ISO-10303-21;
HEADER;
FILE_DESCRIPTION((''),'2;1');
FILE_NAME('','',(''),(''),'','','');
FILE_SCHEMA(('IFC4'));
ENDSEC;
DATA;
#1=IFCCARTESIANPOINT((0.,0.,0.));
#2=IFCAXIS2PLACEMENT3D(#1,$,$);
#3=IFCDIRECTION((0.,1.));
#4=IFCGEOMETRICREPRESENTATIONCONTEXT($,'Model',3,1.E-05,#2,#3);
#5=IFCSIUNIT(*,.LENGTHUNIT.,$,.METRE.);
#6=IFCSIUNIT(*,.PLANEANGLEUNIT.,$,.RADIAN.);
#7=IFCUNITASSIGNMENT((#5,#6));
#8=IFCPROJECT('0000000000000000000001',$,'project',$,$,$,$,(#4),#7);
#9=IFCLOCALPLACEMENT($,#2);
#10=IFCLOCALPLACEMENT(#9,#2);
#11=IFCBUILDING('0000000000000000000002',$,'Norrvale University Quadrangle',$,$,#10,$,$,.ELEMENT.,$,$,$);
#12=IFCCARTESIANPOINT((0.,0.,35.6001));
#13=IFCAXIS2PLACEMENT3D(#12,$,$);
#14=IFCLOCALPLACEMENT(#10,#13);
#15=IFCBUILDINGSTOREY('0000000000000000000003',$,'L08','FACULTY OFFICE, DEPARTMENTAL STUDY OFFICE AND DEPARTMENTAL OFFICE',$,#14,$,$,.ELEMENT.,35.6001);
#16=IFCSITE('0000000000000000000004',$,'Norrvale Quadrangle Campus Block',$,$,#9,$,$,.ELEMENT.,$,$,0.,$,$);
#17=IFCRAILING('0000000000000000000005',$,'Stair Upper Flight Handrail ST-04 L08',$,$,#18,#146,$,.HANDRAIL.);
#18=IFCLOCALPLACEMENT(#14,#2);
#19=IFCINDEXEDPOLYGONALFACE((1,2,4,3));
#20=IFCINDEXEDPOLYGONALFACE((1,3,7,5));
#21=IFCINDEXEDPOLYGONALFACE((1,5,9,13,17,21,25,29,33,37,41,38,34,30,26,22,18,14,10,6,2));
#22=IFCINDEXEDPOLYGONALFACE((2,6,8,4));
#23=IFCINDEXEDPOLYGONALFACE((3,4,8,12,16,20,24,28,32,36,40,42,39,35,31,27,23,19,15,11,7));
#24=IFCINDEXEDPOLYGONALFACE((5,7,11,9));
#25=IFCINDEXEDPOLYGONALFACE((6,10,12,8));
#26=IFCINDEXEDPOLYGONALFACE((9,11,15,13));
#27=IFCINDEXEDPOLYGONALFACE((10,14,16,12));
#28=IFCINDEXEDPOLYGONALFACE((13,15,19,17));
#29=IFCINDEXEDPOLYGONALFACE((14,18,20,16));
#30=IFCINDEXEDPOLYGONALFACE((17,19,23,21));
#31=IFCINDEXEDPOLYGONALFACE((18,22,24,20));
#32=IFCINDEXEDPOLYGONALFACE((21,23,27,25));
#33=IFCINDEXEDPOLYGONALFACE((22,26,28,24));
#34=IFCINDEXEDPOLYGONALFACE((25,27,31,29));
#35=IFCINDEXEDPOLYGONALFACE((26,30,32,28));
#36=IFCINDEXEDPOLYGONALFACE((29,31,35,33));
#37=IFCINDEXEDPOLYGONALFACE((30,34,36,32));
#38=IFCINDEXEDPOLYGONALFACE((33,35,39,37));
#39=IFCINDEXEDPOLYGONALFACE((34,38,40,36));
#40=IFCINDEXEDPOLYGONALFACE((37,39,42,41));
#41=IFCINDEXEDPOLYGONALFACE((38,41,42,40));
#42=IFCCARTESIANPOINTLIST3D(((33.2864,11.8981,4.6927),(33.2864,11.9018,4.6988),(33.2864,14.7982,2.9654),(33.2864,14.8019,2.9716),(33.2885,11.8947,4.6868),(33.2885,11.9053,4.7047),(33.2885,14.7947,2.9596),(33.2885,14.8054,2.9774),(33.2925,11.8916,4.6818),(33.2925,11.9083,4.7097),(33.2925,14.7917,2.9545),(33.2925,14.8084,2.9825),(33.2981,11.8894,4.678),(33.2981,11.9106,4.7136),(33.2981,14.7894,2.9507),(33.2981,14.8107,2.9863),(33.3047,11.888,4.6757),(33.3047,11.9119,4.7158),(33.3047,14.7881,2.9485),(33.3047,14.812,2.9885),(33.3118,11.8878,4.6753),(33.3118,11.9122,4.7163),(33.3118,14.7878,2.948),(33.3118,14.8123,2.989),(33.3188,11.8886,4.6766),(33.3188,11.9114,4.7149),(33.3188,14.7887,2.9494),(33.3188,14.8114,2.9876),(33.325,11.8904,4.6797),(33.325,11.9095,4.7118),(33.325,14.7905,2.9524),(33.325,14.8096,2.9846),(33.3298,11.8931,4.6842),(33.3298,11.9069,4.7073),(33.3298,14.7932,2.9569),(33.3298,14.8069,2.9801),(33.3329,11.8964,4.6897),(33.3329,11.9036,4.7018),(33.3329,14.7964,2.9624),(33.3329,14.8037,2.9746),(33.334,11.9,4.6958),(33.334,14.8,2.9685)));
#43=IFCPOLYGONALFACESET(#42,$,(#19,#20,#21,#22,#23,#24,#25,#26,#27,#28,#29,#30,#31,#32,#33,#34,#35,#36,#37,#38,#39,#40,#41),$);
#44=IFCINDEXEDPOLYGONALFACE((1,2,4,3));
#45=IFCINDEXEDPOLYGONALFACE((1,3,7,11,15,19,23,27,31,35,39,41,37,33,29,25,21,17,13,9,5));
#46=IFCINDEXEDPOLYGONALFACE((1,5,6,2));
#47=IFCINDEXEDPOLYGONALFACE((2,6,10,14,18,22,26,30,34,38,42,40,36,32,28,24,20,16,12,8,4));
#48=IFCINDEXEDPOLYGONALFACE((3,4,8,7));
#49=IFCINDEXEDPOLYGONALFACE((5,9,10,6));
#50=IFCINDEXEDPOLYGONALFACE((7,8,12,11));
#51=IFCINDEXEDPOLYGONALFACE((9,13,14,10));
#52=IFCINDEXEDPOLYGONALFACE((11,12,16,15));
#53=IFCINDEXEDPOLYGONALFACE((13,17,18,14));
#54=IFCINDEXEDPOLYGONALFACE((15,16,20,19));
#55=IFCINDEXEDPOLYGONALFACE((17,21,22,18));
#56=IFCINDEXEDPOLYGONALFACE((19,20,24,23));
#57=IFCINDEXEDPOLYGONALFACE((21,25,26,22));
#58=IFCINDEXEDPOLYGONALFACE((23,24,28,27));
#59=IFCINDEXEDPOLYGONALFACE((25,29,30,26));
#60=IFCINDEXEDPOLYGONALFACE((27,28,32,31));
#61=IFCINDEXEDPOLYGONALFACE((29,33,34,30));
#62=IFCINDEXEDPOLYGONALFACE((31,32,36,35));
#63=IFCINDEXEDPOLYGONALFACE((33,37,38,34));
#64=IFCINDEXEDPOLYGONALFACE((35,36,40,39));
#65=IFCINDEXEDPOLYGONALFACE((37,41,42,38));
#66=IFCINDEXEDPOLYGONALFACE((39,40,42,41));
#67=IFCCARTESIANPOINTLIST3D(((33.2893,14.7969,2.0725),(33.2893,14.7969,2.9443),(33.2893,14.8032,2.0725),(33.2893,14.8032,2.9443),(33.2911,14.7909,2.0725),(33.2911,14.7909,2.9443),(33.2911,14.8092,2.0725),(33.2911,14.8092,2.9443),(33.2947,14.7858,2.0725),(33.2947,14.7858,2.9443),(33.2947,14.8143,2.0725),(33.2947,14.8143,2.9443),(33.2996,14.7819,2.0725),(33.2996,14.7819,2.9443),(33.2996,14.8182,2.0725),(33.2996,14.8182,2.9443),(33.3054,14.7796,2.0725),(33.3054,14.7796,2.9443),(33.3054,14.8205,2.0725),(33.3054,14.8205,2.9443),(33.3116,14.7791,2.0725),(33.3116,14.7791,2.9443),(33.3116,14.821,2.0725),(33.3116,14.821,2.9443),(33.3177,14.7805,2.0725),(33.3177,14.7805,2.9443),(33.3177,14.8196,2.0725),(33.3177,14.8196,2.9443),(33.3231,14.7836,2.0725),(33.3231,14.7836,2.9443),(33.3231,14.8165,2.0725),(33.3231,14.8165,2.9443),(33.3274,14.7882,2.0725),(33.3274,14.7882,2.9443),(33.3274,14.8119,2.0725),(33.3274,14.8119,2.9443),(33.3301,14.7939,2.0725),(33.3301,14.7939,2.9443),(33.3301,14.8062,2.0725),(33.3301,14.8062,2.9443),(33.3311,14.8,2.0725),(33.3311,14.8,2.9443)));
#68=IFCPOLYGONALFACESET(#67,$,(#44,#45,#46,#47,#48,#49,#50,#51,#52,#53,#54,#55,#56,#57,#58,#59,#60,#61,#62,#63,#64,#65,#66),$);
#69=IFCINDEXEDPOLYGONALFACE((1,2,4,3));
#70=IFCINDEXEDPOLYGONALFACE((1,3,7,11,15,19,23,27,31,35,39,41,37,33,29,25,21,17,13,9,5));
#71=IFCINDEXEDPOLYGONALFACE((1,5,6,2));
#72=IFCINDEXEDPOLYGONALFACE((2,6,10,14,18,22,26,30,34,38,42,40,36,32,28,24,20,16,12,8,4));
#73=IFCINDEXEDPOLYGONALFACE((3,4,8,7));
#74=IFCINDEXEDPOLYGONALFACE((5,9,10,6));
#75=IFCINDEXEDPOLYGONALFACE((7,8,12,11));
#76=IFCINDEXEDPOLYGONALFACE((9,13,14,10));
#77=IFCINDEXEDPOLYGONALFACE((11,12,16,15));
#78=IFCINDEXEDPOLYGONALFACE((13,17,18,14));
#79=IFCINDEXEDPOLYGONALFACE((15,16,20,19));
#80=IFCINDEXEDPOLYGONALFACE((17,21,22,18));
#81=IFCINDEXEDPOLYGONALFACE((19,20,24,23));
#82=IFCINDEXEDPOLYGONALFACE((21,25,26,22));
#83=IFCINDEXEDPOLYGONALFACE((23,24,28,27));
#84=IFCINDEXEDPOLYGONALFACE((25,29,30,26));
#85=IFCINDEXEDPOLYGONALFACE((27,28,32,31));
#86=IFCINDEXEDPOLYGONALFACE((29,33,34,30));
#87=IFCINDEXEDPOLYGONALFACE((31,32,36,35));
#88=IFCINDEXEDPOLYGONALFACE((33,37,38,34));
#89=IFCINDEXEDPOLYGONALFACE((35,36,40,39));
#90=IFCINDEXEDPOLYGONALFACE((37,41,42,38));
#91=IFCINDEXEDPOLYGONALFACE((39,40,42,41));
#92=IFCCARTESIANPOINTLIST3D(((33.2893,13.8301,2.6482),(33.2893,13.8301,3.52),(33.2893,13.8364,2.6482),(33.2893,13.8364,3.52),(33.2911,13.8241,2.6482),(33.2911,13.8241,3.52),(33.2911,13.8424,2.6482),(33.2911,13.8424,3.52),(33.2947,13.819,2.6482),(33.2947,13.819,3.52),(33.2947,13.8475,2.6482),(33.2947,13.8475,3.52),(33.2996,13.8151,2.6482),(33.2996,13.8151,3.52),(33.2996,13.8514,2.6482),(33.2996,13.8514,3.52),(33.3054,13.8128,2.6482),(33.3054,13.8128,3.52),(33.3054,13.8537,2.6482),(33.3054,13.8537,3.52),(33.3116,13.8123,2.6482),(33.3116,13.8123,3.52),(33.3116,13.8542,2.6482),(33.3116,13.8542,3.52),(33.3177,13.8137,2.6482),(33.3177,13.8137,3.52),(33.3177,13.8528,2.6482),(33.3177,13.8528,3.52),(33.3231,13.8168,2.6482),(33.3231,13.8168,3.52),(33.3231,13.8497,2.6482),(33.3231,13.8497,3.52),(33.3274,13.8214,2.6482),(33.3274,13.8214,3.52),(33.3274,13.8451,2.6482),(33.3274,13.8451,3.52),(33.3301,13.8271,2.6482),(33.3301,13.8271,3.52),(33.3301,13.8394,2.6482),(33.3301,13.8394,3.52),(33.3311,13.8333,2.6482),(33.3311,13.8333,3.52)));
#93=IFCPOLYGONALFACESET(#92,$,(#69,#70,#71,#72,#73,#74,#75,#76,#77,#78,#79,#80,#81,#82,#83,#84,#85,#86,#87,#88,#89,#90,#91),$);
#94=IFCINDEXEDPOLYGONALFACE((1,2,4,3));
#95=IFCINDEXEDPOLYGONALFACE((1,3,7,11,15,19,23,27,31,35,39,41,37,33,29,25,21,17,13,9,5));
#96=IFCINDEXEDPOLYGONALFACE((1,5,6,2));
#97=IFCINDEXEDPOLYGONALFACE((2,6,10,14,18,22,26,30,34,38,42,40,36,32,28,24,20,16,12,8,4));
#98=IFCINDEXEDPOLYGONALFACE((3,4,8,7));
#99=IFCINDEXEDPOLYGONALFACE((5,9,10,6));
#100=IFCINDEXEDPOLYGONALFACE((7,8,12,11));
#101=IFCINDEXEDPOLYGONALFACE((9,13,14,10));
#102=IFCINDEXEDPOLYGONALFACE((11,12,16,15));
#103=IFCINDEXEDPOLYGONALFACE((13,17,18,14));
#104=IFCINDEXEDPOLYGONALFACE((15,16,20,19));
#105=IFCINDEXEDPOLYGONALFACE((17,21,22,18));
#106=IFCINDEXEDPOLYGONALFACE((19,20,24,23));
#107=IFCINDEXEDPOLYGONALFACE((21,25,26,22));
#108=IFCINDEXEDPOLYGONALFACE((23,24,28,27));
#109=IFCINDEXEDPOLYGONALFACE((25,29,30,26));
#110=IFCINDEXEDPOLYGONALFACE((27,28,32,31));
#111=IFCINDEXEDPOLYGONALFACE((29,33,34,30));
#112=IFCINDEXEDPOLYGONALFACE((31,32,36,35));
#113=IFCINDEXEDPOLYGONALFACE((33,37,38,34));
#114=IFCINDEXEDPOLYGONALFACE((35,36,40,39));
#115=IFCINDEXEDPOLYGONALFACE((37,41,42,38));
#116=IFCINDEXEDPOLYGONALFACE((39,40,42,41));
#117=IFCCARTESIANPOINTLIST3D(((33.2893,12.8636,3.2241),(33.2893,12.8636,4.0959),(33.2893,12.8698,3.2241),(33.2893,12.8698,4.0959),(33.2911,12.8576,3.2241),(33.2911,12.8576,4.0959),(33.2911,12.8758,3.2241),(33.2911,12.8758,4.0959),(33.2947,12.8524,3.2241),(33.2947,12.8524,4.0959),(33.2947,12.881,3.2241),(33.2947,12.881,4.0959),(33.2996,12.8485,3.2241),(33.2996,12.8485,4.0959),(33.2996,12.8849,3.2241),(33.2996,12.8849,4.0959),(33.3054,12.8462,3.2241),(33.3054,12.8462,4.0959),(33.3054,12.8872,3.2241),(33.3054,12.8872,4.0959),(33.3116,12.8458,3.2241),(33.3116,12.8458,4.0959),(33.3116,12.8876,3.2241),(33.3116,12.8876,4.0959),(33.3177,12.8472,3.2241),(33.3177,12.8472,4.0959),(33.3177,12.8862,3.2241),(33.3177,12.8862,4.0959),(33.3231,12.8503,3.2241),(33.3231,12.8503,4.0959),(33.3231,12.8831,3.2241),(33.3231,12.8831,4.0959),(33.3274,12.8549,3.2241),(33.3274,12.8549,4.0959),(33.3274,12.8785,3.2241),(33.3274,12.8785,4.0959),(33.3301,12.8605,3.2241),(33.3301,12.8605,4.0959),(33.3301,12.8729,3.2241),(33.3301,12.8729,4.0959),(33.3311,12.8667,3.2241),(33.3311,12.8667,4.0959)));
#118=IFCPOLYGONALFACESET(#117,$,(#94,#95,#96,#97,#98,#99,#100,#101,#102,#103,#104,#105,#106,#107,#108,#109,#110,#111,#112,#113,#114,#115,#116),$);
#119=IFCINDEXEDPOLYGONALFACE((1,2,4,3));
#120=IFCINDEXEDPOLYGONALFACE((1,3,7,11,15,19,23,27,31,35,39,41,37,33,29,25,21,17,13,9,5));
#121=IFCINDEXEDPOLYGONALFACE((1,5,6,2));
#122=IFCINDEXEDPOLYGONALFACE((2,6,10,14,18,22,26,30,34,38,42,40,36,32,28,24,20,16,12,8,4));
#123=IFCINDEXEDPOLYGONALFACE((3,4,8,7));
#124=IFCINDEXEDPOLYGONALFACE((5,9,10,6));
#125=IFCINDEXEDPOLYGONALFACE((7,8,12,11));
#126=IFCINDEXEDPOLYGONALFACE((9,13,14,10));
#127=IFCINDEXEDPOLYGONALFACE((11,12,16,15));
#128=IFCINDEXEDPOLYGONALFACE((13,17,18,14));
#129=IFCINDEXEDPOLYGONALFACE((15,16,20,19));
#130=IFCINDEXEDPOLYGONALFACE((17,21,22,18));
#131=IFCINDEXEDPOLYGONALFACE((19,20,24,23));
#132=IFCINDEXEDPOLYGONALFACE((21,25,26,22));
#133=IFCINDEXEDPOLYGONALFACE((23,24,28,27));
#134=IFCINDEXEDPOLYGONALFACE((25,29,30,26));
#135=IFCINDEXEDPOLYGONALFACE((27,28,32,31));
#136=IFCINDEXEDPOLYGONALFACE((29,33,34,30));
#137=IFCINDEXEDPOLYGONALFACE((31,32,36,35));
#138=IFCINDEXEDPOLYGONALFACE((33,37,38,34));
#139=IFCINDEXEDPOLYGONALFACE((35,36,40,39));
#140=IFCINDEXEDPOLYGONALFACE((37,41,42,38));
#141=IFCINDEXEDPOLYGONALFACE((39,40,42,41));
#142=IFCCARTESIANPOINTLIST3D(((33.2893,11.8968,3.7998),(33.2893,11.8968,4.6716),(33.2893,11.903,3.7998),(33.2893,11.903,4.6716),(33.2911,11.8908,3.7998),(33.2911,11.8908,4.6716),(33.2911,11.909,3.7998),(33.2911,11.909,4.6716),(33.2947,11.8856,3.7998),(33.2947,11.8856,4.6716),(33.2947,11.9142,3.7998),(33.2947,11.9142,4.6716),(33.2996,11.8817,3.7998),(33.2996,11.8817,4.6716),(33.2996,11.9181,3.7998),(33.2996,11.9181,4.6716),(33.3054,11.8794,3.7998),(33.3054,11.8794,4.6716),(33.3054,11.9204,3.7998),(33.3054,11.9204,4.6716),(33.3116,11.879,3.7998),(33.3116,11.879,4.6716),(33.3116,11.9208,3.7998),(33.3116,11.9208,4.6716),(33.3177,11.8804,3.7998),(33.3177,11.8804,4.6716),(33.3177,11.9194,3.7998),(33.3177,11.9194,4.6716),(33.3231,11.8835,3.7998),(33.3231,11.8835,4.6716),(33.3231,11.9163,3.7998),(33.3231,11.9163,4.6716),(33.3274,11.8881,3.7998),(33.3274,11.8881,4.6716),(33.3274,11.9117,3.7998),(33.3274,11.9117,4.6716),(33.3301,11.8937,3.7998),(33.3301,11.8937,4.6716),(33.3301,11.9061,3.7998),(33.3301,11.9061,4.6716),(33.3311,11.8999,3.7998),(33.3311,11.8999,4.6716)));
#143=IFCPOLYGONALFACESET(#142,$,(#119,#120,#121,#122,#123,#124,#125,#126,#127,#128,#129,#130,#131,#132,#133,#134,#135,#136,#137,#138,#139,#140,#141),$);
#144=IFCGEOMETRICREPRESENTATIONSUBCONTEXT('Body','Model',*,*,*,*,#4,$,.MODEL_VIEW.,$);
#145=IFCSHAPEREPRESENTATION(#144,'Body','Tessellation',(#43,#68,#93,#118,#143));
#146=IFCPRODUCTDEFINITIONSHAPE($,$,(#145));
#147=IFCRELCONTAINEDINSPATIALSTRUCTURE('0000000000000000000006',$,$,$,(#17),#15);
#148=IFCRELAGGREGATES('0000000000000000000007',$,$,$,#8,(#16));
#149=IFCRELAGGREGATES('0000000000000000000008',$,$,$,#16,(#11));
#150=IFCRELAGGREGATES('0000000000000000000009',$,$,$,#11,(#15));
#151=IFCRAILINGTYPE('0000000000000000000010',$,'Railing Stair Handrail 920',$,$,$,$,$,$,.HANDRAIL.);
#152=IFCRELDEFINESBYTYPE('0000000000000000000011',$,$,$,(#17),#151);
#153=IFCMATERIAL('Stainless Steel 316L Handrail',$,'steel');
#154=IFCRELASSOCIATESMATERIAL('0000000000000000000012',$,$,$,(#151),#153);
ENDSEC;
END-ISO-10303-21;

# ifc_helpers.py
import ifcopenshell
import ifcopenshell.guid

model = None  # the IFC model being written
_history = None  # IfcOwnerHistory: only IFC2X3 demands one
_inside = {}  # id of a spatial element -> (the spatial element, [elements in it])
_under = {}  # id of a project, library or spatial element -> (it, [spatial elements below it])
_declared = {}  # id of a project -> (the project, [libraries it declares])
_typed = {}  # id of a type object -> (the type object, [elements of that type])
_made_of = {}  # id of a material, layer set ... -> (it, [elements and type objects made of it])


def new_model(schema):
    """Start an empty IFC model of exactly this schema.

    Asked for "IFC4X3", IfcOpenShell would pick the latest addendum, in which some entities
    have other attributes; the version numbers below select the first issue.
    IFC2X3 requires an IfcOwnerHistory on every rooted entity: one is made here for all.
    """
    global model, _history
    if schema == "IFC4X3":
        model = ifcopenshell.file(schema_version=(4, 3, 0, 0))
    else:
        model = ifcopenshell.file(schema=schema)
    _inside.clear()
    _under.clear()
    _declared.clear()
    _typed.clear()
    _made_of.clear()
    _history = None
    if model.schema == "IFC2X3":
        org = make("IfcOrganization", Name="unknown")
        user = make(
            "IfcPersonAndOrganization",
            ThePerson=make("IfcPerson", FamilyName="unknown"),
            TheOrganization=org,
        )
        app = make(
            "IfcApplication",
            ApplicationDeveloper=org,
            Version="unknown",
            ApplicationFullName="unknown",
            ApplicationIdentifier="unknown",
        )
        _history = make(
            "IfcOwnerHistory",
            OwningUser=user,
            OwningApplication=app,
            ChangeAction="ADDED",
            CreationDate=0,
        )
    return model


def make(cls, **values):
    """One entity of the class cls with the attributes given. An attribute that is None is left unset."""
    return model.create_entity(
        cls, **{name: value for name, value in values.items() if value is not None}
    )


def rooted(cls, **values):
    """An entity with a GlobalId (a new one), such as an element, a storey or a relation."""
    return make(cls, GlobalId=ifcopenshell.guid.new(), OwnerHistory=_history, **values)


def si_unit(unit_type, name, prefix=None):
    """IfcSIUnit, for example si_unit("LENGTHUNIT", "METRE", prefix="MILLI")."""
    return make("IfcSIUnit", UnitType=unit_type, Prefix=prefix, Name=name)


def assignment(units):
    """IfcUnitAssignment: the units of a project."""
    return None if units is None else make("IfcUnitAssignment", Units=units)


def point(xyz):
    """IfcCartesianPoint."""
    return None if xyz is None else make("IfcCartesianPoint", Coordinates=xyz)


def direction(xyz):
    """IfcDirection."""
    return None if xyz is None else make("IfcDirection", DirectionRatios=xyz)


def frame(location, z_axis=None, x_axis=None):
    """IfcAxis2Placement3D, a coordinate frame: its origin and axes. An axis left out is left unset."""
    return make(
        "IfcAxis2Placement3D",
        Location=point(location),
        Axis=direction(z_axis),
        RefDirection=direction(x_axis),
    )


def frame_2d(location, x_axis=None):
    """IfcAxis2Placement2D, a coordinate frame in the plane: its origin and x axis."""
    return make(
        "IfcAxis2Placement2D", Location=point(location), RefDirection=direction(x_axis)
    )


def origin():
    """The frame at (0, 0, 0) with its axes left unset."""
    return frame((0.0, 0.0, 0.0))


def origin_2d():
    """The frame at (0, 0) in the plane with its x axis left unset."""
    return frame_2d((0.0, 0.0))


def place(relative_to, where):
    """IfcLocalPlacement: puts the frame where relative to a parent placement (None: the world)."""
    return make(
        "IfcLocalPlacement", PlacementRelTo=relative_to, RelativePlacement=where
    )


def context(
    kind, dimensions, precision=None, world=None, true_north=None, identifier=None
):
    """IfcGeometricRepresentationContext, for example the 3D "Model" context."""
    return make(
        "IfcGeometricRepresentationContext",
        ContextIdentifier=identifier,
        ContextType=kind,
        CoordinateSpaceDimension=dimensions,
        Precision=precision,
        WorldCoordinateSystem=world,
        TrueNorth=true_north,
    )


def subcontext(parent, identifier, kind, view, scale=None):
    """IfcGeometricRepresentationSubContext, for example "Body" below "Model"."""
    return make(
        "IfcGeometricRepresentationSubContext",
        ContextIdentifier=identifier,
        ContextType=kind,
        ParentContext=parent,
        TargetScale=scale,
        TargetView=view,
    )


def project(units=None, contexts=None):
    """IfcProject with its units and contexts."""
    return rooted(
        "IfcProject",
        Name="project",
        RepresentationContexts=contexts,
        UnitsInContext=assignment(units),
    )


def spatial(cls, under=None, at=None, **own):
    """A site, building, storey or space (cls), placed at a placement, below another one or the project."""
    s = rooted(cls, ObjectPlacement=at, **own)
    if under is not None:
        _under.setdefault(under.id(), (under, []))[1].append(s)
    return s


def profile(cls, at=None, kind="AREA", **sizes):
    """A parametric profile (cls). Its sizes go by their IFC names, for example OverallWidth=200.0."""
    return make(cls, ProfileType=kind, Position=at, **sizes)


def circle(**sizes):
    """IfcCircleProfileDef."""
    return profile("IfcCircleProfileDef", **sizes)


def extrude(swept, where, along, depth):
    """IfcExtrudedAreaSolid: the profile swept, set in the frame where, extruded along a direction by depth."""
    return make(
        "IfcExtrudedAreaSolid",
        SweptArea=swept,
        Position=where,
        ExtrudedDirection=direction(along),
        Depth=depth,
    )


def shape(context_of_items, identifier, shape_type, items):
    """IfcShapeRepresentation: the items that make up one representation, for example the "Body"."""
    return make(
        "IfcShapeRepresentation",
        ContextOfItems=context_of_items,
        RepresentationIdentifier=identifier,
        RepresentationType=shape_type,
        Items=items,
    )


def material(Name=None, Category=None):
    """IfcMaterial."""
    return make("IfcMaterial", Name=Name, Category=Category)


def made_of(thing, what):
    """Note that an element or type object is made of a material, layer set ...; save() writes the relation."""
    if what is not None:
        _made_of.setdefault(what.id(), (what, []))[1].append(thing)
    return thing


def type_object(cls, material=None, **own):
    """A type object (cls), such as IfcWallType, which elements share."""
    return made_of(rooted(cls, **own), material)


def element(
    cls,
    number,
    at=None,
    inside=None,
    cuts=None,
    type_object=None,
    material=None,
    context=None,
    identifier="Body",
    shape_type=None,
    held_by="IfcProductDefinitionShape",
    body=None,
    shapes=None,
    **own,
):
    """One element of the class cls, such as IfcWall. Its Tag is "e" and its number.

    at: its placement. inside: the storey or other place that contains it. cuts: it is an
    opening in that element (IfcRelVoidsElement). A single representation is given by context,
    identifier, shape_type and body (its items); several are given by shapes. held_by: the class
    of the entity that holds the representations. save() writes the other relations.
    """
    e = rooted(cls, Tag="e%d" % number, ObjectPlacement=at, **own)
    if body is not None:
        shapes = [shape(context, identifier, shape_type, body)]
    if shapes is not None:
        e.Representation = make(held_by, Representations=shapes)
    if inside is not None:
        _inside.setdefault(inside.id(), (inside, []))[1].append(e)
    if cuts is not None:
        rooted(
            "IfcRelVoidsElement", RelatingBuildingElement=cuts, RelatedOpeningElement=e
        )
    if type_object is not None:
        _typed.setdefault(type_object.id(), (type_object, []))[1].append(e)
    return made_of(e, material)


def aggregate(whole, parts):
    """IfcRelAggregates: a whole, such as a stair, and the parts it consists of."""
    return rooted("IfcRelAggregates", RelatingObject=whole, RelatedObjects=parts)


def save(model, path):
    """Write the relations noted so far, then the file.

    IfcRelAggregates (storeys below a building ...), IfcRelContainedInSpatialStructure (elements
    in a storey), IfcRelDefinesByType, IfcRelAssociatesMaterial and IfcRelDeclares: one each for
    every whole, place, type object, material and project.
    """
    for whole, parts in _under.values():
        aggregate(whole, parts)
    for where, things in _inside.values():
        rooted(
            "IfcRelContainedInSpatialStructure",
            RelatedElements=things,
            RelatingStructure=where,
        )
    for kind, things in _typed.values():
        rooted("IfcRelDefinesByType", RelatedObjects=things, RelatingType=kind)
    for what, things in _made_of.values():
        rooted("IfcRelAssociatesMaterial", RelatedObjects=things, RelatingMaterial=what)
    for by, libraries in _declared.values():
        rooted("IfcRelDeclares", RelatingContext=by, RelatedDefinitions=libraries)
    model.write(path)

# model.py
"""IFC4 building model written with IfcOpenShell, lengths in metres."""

from ifc_helpers import new_model, si_unit, direction, frame, origin, origin_2d, place, context, subcontext, project, spatial, circle, extrude, material, type_object, element, save


model = new_model("IFC4")

# Units and contexts
model_context = context("Model", 3, precision=1e-05, world=origin(), true_north=direction((0.0, 1.0)))
body_context = subcontext(model_context, "Body", "Model", "MODEL_VIEW")
ifc_project = project(units=[si_unit("LENGTHUNIT", "METRE"), si_unit("PLANEANGLEUNIT", "RADIAN")], contexts=[model_context])

# Site, building, storey
site_placement = place(None, origin())
site = spatial("IfcSite", under=ifc_project, at=site_placement, Name="Norrvale Quadrangle Campus Block", CompositionType="ELEMENT", RefElevation=0.0)
building_placement = place(site_placement, origin())
building = spatial("IfcBuilding", under=site, at=building_placement, Name="Norrvale University Quadrangle", CompositionType="ELEMENT")
storey_placement = place(building_placement, frame((0.0, 0.0, 35.6001)))
storey = spatial("IfcBuildingStorey", under=building, at=storey_placement, Name="L08", Description="FACULTY OFFICE, DEPARTMENTAL STUDY OFFICE AND DEPARTMENTAL OFFICE", CompositionType="ELEMENT", Elevation=35.6001)

# Railing
ifc_material_1 = material(Name="Stainless Steel 316L Handrail", Category="steel")
railing_type_1 = type_object("IfcRailingType", Name="Railing Stair Handrail 920", PredefinedType="HANDRAIL", material=ifc_material_1)
railing_1_placement = place(storey_placement, frame((33.3101, 14.8, 2.0725)))
element("IfcRailing", 1, at=railing_1_placement, inside=storey, type_object=railing_type_1, Name="Stair Upper Flight Handrail ST-04 L08", PredefinedType="HANDRAIL", context=body_context, shape_type="SweptSolid", body=[
    extrude(circle(Radius=0.0239, at=origin_2d()), frame((0.0, 0.0, 0.896), z_axis=(0.0, -0.85916, 0.511706), x_axis=(1.0, 0.0, 0.0)), (0.0, 0.0, 1.0), 3.3755),
    extrude(circle(Radius=0.021, at=origin_2d()), origin(), (0.0, 0.0, 1.0), 0.8718),
    extrude(circle(Radius=0.021, at=origin_2d()), frame((0.0, -0.9668, 0.5757)), (0.0, 0.0, 1.0), 0.8718),
    extrude(circle(Radius=0.021, at=origin_2d()), frame((0.0, -1.9333, 1.1516)), (0.0, 0.0, 1.0), 0.8718),
    extrude(circle(Radius=0.021, at=origin_2d()), frame((0.0, -2.9001, 1.7273)), (0.0, 0.0, 1.0), 0.8718),
])

save(model, "model.ifc")
